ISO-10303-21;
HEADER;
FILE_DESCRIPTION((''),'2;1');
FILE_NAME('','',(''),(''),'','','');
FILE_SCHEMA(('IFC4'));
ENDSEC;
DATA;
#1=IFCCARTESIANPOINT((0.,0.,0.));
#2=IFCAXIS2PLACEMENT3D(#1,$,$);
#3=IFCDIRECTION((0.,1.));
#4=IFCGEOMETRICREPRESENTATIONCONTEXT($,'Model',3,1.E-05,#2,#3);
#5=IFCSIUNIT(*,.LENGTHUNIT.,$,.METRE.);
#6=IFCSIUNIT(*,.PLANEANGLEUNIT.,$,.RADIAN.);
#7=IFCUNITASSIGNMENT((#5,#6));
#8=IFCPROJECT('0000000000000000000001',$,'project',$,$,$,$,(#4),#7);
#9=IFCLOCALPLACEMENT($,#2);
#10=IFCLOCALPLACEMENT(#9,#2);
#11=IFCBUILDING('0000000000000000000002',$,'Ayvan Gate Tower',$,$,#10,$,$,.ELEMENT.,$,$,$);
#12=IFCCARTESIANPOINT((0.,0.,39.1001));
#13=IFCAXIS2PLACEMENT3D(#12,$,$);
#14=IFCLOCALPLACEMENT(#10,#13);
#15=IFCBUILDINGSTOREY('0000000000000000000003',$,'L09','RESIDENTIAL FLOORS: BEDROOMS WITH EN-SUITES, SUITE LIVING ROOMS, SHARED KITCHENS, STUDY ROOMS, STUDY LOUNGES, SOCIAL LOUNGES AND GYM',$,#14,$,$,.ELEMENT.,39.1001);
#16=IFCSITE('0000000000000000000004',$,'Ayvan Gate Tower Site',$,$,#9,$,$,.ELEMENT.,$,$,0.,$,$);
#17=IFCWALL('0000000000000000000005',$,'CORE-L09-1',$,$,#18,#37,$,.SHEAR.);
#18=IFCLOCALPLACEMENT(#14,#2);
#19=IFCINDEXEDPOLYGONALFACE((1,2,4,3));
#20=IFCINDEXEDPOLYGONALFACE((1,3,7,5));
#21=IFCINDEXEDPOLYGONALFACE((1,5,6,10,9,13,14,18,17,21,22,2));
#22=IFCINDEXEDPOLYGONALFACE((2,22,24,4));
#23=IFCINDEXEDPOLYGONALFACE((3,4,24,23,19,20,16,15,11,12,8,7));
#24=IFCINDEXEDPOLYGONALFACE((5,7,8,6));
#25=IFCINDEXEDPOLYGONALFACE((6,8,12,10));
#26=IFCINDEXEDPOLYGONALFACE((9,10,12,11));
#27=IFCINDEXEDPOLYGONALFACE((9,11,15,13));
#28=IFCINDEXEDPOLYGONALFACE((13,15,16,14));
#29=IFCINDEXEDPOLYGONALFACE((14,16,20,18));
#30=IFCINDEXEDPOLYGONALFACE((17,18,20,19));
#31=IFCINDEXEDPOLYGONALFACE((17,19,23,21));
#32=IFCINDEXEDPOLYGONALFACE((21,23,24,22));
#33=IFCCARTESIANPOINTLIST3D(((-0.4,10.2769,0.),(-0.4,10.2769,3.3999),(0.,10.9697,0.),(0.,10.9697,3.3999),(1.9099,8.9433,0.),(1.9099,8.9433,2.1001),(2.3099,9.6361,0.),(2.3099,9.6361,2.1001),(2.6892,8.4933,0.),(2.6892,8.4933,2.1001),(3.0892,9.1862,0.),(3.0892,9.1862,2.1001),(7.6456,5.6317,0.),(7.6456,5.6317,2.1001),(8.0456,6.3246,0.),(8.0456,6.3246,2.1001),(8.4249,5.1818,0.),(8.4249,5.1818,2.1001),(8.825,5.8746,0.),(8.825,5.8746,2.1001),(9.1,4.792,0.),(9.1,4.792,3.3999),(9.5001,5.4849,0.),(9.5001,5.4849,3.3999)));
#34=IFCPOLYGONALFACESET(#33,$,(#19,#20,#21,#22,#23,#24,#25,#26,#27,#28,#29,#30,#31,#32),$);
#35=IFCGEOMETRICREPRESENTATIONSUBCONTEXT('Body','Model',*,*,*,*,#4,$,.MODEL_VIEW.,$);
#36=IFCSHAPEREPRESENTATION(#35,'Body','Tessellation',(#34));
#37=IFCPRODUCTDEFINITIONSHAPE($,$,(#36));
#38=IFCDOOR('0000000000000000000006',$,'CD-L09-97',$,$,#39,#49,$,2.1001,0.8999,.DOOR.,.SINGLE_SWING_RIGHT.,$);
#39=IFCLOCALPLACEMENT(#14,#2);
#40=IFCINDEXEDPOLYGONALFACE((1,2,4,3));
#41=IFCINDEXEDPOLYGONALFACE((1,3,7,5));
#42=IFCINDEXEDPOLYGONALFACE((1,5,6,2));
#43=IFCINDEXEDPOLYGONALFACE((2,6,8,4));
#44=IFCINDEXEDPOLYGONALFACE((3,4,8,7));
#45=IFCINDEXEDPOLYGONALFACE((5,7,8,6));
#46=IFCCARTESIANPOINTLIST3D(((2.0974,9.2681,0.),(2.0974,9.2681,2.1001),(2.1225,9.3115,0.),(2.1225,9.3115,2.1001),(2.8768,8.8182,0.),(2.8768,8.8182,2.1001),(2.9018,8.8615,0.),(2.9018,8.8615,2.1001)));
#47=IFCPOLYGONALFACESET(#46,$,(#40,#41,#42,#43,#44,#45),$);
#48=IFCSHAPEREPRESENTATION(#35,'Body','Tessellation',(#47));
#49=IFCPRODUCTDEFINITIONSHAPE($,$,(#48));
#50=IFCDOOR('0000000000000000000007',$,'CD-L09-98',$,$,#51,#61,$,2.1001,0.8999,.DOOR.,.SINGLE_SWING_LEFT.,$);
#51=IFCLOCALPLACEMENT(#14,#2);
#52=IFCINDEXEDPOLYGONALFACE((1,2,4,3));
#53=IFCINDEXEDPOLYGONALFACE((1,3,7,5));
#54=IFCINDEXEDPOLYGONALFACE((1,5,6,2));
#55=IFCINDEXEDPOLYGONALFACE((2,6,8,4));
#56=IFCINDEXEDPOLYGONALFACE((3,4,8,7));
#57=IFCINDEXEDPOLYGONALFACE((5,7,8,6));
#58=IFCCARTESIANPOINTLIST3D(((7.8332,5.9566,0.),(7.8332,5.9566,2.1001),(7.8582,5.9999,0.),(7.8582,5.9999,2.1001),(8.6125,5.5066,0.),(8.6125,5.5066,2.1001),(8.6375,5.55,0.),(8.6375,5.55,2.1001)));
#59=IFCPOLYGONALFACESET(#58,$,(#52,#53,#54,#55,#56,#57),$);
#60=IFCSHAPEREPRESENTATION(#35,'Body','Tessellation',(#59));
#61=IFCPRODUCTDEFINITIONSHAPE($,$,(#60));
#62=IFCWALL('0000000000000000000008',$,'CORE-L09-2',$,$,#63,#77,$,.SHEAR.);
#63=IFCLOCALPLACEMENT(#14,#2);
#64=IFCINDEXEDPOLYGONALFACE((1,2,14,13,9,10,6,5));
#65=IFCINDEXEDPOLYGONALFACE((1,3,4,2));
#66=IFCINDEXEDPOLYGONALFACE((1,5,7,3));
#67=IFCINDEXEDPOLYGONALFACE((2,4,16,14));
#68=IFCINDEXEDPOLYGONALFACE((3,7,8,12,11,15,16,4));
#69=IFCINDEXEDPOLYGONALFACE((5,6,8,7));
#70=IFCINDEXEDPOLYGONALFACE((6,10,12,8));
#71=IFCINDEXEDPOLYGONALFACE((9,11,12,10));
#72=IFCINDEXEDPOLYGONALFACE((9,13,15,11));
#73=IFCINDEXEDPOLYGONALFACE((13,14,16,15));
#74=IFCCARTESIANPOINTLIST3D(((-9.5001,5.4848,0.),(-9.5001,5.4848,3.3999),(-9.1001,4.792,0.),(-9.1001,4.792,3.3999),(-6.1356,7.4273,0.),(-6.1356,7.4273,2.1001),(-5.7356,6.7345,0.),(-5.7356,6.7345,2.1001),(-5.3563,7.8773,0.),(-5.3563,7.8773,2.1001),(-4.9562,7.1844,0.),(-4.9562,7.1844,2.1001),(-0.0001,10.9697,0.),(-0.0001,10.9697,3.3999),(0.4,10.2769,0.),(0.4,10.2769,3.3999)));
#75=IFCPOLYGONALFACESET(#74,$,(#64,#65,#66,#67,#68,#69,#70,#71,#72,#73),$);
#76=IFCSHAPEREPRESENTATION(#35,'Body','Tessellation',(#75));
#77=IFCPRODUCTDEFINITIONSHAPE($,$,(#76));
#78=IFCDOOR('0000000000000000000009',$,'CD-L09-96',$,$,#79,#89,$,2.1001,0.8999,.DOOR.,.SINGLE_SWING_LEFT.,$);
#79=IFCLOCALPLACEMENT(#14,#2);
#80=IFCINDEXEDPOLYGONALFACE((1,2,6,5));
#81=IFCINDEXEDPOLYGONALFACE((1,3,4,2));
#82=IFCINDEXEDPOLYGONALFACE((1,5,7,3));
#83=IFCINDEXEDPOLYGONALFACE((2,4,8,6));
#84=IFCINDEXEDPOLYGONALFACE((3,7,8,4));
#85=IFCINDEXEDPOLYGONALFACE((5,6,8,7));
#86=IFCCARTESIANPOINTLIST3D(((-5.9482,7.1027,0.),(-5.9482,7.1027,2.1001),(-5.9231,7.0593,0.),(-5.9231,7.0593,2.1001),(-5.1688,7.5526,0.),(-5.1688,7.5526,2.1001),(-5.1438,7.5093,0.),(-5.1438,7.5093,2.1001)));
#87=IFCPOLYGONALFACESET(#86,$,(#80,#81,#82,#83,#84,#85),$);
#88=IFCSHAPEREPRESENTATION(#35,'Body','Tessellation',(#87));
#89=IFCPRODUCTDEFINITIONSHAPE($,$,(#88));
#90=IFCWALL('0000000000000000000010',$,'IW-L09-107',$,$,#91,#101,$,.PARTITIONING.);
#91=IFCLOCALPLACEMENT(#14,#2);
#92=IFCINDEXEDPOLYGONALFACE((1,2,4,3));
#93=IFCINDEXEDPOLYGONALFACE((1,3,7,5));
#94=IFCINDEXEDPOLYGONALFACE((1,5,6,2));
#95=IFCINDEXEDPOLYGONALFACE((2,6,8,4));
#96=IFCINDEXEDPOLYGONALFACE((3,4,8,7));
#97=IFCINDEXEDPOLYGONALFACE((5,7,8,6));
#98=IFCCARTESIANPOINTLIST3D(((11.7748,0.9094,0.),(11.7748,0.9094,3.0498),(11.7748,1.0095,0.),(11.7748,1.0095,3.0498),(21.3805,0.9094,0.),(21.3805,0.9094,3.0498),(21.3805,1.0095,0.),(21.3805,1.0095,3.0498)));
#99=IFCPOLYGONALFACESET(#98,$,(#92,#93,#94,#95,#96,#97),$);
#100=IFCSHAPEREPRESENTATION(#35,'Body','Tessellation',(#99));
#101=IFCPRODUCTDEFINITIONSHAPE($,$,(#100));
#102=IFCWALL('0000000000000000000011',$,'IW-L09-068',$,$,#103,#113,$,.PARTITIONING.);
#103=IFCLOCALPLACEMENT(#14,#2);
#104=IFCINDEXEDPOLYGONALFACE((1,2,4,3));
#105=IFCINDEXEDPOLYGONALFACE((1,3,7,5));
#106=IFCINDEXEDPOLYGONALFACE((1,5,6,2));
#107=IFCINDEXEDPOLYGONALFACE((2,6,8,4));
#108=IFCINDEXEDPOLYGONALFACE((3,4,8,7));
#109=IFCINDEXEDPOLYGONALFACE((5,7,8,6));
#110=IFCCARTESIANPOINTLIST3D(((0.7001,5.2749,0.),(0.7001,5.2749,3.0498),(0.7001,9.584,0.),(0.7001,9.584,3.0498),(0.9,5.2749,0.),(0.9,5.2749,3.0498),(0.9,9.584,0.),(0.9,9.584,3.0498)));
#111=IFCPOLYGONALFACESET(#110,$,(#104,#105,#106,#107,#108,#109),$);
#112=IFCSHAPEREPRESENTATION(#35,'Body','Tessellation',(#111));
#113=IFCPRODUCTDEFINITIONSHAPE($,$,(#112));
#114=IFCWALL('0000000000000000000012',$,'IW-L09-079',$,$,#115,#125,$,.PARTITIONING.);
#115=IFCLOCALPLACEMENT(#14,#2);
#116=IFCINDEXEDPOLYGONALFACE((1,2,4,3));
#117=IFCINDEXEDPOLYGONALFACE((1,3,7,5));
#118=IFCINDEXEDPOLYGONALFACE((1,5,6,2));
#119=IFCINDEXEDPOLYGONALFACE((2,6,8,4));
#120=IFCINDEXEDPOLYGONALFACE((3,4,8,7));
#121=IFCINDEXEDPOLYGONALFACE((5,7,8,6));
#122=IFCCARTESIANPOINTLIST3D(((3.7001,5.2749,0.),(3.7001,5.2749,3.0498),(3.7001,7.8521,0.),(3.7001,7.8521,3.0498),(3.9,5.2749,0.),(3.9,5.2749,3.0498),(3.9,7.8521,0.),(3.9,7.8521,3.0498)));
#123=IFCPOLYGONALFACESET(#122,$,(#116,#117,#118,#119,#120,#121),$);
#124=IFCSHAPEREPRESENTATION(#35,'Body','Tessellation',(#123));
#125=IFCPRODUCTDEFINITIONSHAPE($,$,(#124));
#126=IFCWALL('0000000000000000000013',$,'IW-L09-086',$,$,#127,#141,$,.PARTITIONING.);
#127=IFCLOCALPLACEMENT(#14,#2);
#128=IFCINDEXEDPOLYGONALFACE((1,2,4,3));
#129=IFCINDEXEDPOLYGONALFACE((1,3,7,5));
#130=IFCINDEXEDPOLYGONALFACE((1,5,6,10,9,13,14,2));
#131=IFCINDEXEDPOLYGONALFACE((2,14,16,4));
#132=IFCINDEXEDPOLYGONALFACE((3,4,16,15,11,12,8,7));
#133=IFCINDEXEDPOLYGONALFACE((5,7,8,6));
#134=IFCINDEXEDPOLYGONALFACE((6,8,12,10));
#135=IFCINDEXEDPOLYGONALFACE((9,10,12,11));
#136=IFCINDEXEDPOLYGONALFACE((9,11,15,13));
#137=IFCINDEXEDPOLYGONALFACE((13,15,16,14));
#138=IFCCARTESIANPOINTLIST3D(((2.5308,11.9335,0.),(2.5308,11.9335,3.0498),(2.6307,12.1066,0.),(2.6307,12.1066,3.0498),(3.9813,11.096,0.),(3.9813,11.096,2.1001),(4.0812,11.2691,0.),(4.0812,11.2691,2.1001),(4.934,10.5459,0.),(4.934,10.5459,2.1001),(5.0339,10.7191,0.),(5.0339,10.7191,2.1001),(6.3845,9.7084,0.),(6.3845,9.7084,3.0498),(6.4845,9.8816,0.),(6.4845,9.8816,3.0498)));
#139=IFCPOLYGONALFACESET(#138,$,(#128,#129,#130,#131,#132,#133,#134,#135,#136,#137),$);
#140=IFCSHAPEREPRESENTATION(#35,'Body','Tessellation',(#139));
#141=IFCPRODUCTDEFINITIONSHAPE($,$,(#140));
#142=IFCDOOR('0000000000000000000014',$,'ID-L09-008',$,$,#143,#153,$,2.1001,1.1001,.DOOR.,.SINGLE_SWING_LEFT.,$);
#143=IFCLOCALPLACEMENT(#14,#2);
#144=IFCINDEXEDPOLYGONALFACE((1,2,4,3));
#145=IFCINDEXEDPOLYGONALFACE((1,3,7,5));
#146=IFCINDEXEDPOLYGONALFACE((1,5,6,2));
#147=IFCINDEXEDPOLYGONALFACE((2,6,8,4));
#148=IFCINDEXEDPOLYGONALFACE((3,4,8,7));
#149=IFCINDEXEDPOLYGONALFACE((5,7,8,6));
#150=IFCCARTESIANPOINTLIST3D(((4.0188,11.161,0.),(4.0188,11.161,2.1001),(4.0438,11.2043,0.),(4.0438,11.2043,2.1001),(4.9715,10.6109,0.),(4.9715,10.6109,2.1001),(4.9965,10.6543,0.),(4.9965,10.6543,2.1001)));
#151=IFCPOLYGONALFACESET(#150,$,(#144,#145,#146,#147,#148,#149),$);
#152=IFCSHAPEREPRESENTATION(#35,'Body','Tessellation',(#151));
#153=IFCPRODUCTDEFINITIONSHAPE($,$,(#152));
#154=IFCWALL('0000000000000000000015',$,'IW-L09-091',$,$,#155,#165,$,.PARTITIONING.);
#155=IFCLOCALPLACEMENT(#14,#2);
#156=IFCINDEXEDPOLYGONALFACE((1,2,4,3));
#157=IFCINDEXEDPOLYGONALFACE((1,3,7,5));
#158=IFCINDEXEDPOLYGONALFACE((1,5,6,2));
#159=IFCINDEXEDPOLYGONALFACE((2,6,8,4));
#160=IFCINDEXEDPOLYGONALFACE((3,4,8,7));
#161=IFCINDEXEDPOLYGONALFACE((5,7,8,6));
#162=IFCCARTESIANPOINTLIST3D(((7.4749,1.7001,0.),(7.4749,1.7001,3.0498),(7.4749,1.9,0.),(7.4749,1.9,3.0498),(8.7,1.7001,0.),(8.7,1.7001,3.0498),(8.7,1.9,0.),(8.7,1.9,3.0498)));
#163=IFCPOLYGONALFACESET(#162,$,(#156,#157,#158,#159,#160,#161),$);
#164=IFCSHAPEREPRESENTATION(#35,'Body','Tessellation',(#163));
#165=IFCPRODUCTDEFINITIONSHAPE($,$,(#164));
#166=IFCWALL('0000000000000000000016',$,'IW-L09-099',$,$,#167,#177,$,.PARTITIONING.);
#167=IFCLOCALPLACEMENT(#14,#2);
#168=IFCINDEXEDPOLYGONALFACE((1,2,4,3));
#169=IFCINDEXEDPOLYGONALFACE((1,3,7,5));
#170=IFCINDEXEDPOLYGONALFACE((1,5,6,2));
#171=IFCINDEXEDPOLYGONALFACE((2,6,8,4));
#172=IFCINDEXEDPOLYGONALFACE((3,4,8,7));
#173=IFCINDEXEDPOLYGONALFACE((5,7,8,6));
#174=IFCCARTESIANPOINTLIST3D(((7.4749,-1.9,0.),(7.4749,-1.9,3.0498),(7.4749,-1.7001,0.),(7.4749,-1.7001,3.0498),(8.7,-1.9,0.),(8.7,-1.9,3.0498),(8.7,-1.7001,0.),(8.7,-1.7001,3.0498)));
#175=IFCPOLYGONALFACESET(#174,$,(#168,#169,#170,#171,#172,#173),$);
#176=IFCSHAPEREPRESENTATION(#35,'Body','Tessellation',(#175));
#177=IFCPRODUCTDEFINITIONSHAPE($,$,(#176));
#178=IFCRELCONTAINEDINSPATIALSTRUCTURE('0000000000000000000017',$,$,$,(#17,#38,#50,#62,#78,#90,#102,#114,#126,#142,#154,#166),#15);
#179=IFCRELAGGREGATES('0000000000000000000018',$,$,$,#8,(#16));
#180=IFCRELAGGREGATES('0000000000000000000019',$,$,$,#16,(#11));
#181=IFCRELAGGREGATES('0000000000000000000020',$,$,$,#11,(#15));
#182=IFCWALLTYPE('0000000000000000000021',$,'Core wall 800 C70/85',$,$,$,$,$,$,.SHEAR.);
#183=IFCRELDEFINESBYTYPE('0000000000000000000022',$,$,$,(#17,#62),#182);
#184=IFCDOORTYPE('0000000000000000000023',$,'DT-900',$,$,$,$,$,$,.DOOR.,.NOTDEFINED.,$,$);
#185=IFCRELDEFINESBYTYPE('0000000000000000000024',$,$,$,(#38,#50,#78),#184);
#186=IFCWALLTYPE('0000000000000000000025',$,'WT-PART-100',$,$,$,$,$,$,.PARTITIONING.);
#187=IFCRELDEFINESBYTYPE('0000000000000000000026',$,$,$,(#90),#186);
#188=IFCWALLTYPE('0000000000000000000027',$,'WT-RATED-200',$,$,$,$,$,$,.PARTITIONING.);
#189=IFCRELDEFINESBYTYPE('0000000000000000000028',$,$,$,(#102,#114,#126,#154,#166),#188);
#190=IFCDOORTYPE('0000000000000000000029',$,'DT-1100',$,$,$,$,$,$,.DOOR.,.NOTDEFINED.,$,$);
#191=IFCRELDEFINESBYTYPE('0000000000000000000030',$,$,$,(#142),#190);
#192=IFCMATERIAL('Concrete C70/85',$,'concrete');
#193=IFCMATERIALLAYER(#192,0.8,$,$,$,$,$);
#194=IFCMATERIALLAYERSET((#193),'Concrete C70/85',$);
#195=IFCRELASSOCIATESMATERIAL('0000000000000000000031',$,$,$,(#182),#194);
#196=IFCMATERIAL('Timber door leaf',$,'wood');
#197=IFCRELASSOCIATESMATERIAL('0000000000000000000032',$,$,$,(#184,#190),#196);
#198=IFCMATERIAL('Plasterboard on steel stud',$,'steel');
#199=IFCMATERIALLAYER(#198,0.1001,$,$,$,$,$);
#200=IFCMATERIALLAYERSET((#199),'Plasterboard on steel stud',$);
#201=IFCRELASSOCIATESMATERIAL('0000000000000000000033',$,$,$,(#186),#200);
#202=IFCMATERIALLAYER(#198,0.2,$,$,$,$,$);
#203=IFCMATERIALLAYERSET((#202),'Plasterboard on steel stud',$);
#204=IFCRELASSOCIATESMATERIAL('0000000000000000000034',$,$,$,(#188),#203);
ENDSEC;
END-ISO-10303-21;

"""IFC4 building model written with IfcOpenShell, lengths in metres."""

from ifc_helpers import new_model, si_unit, direction, frame, frame_2d, origin, place, context, subcontext, project, spatial, rectangle, extrude, material, layer, layer_set, type_object, element, fill, save


model = new_model("IFC4")

# Units and contexts
model_context = context("Model", 3, precision=1e-05, world=origin(), true_north=direction((0.0, 1.0)))
body_context = subcontext(model_context, "Body", "Model", "MODEL_VIEW")
ifc_project = project(units=[si_unit("LENGTHUNIT", "METRE"), si_unit("PLANEANGLEUNIT", "RADIAN")], contexts=[model_context])

# Site, building, storey
site_placement = place(None, origin())
site = spatial("IfcSite", under=ifc_project, at=site_placement, Name="Ayvan Gate Tower Site", CompositionType="ELEMENT", RefElevation=0.0)
building_placement = place(site_placement, origin())
building = spatial("IfcBuilding", under=site, at=building_placement, Name="Ayvan Gate Tower", CompositionType="ELEMENT")
storey_placement = place(building_placement, frame((0.0, 0.0, 39.1001)))
storey = spatial("IfcBuildingStorey", under=building, at=storey_placement, Name="L09", Description="RESIDENTIAL FLOORS: BEDROOMS WITH EN-SUITES, SUITE LIVING ROOMS, SHARED KITCHENS, STUDY ROOMS, STUDY LOUNGES, SOCIAL LOUNGES AND GYM", CompositionType="ELEMENT", Elevation=39.1001)

# Wall, openings, doors
ifc_material_1 = material(Name="Concrete C70/85", Category="concrete")
ifc_layer_1 = layer(ifc_material_1, 0.8)
ifc_layer_set_1 = layer_set([ifc_layer_1], Name="Concrete C70/85")
wall_type_1 = type_object("IfcWallType", Name="Core wall 800 C70/85", PredefinedType="SHEAR", material=ifc_layer_set_1)
wall_1_placement = place(storey_placement, frame((9.3, 5.1384, 0.0), z_axis=(0.0, 0.0, 1.0), x_axis=(-0.866024, 0.500002, 0.0)))
wall_1 = element("IfcWall", 1, at=wall_1_placement, inside=storey, type_object=wall_type_1, Name="CORE-L09-1", PredefinedType="SHEAR", context=body_context, shape_type="SweptSolid", body=[
    extrude(rectangle(XDim=10.9697, YDim=0.8, at=frame_2d((5.4849, 0.0))), origin(), (0.0, 0.0, 1.0), 3.3999),
])
opening_1_placement = place(wall_1_placement, frame((7.4026, 0.0, 0.0)))
opening_1 = element("IfcOpeningElement", 2, at=opening_1_placement, cuts=wall_1, PredefinedType="OPENING", context=body_context, shape_type="SweptSolid", body=[
    extrude(rectangle(XDim=0.8999, YDim=2.1001, at=frame_2d((0.45, 1.05))), frame((0.0, 0.4099, 0.0), z_axis=(0.0, -1.0, 0.0), x_axis=(1.0, 0.0, 0.0)), (0.0, 0.0, 1.0), 0.8201),
])
opening_2_placement = place(wall_1_placement, frame((0.7795, 0.0, 0.0)))
opening_2 = element("IfcOpeningElement", 3, at=opening_2_placement, cuts=wall_1, PredefinedType="OPENING", context=body_context, shape_type="SweptSolid", body=[
    extrude(rectangle(XDim=0.8999, YDim=2.1001, at=frame_2d((0.45, 1.05))), frame((0.0, 0.4099, 0.0), z_axis=(0.0, -1.0, 0.0), x_axis=(1.0, 0.0, 0.0)), (0.0, 0.0, 1.0), 0.8201),
])
ifc_material_2 = material(Name="Timber door leaf", Category="wood")
door_type_1 = type_object("IfcDoorType", Name="DT-900", OperationType="NOTDEFINED", PredefinedType="DOOR", material=ifc_material_2)
door_1_placement = place(opening_1_placement, origin())
door_1 = element("IfcDoor", 4, at=door_1_placement, inside=storey, type_object=door_type_1, Name="CD-L09-97", OperationType="SINGLE_SWING_RIGHT", OverallHeight=2.1001, OverallWidth=0.8999, PredefinedType="DOOR", context=body_context, shape_type="SweptSolid", body=[
    extrude(rectangle(XDim=0.8999, YDim=2.1001, at=frame_2d((0.45, 1.05))), frame((0.0, 0.0249, 0.0), z_axis=(0.0, -1.0, 0.0), x_axis=(1.0, 0.0, 0.0)), (0.0, 0.0, 1.0), 0.05),
])
fill(opening_1, door_1)
door_2_placement = place(opening_2_placement, origin())
door_2 = element("IfcDoor", 5, at=door_2_placement, inside=storey, type_object=door_type_1, Name="CD-L09-98", OperationType="SINGLE_SWING_LEFT", OverallHeight=2.1001, OverallWidth=0.8999, PredefinedType="DOOR", context=body_context, shape_type="SweptSolid", body=[
    extrude(rectangle(XDim=0.8999, YDim=2.1001, at=frame_2d((0.45, 1.05))), frame((0.0, 0.0249, 0.0), z_axis=(0.0, -1.0, 0.0), x_axis=(1.0, 0.0, 0.0)), (0.0, 0.0, 1.0), 0.05),
])
fill(opening_2, door_2)

# Wall, opening, door
wall_2_placement = place(storey_placement, frame((0.2, 10.6233, 0.0), z_axis=(0.0, 0.0, 1.0), x_axis=(-0.866024, -0.500002, 0.0)))
wall_2 = element("IfcWall", 6, at=wall_2_placement, inside=storey, type_object=wall_type_1, Name="CORE-L09-2", PredefinedType="SHEAR", context=body_context, shape_type="SweptSolid", body=[
    extrude(rectangle(XDim=10.9697, YDim=0.8, at=frame_2d((5.4849, 0.0))), origin(), (0.0, 0.0, 1.0), 3.3999),
])
opening_3_placement = place(wall_2_placement, frame((6.1848, 0.0, 0.0)))
opening_3 = element("IfcOpeningElement", 7, at=opening_3_placement, cuts=wall_2, PredefinedType="OPENING", context=body_context, shape_type="SweptSolid", body=[
    extrude(rectangle(XDim=0.8999, YDim=2.1001, at=frame_2d((0.45, 1.05))), frame((0.0, 0.4099, 0.0), z_axis=(0.0, -1.0, 0.0), x_axis=(1.0, 0.0, 0.0)), (0.0, 0.0, 1.0), 0.8201),
])
door_3_placement = place(opening_3_placement, origin())
door_3 = element("IfcDoor", 8, at=door_3_placement, inside=storey, type_object=door_type_1, Name="CD-L09-96", OperationType="SINGLE_SWING_LEFT", OverallHeight=2.1001, OverallWidth=0.8999, PredefinedType="DOOR", context=body_context, shape_type="SweptSolid", body=[
    extrude(rectangle(XDim=0.8999, YDim=2.1001, at=frame_2d((0.45, 1.05))), frame((0.0, 0.0249, 0.0), z_axis=(0.0, -1.0, 0.0), x_axis=(1.0, 0.0, 0.0)), (0.0, 0.0, 1.0), 0.05),
])
fill(opening_3, door_3)

# Walls
ifc_material_3 = material(Name="Plasterboard on steel stud", Category="steel")
ifc_layer_2 = layer(ifc_material_3, 0.1001)
ifc_layer_set_2 = layer_set([ifc_layer_2], Name="Plasterboard on steel stud")
wall_type_2 = type_object("IfcWallType", Name="WT-PART-100", PredefinedType="PARTITIONING", material=ifc_layer_set_2)
wall_3_placement = place(storey_placement, frame((11.7749, 0.9595, 0.0), z_axis=(0.0, 0.0, 1.0), x_axis=(1.0, 0.0, 0.0)))
element("IfcWall", 9, at=wall_3_placement, inside=storey, type_object=wall_type_2, Name="IW-L09-107", PredefinedType="PARTITIONING", context=body_context, shape_type="SweptSolid", body=[
    extrude(rectangle(XDim=9.6057, YDim=0.1001, at=frame_2d((4.8027, 0.0))), origin(), (0.0, 0.0, 1.0), 3.0498),
])
ifc_layer_3 = layer(ifc_material_3, 0.2)
ifc_layer_set_3 = layer_set([ifc_layer_3], Name="Plasterboard on steel stud")
wall_type_3 = type_object("IfcWallType", Name="WT-RATED-200", PredefinedType="PARTITIONING", material=ifc_layer_set_3)
wall_4_placement = place(storey_placement, frame((0.8, 9.584, 0.0), z_axis=(0.0, 0.0, 1.0), x_axis=(0.0, -1.0, 0.0)))
element("IfcWall", 10, at=wall_4_placement, inside=storey, type_object=wall_type_3, Name="IW-L09-068", PredefinedType="PARTITIONING", context=body_context, shape_type="SweptSolid", body=[
    extrude(rectangle(XDim=4.3091, YDim=0.2, at=frame_2d((2.1545, 0.0))), origin(), (0.0, 0.0, 1.0), 3.0498),
])
wall_5_placement = place(storey_placement, frame((3.8, 7.8521, 0.0), z_axis=(0.0, 0.0, 1.0), x_axis=(0.0, -1.0, 0.0)))
element("IfcWall", 11, at=wall_5_placement, inside=storey, type_object=wall_type_3, Name="IW-L09-079", PredefinedType="PARTITIONING", context=body_context, shape_type="SweptSolid", body=[
    extrude(rectangle(XDim=2.5771, YDim=0.2, at=frame_2d((1.2886, 0.0))), origin(), (0.0, 0.0, 1.0), 3.0498),
])

# Wall, opening, door
wall_6_placement = place(storey_placement, frame((6.4346, 9.7949, 0.0), z_axis=(0.0, 0.0, 1.0), x_axis=(-0.866013, 0.500022, 0.0)))
wall_6 = element("IfcWall", 12, at=wall_6_placement, inside=storey, type_object=wall_type_3, Name="IW-L09-086", PredefinedType="PARTITIONING", context=body_context, shape_type="SweptSolid", body=[
    extrude(rectangle(XDim=4.45, YDim=0.2, at=frame_2d((2.2251, 0.0))), origin(), (0.0, 0.0, 1.0), 3.0498),
])
opening_4_placement = place(wall_6_placement, frame((1.675, 0.0, 0.0)))
opening_4 = element("IfcOpeningElement", 13, at=opening_4_placement, cuts=wall_6, PredefinedType="OPENING", context=body_context, shape_type="SweptSolid", body=[
    extrude(rectangle(XDim=1.1001, YDim=2.1001, at=frame_2d((0.55, 1.05))), frame((0.0, 0.1099, 0.0), z_axis=(0.0, -1.0, 0.0), x_axis=(1.0, 0.0, 0.0)), (0.0, 0.0, 1.0), 0.22),
])
door_type_2 = type_object("IfcDoorType", Name="DT-1100", OperationType="NOTDEFINED", PredefinedType="DOOR", material=ifc_material_2)
door_4_placement = place(opening_4_placement, origin())
door_4 = element("IfcDoor", 14, at=door_4_placement, inside=storey, type_object=door_type_2, Name="ID-L09-008", OperationType="SINGLE_SWING_LEFT", OverallHeight=2.1001, OverallWidth=1.1001, PredefinedType="DOOR", context=body_context, shape_type="SweptSolid", body=[
    extrude(rectangle(XDim=1.1001, YDim=2.1001, at=frame_2d((0.55, 1.05))), frame((0.0, 0.0249, 0.0), z_axis=(0.0, -1.0, 0.0), x_axis=(1.0, 0.0, 0.0)), (0.0, 0.0, 1.0), 0.05),
])
fill(opening_4, door_4)

# Walls
for number, where, z_axis, x_axis, name in (
    (15, (7.4749, 1.8, 0.0), (0.0, 0.0, 1.0), (1.0, 0.0, 0.0), "IW-L09-091"),
    (16, (8.7, -1.8, 0.0), (0.0, 0.0, 1.0), (-1.0, 0.0, 0.0), "IW-L09-099"),
):
    element("IfcWall", number, at=place(storey_placement, frame(where, z_axis=z_axis, x_axis=x_axis)), inside=storey, type_object=wall_type_3, Name=name, PredefinedType="PARTITIONING", context=body_context, shape_type="SweptSolid", body=[
        extrude(rectangle(XDim=1.2251, YDim=0.2, at=frame_2d((0.6125, 0.0))), origin(), (0.0, 0.0, 1.0), 3.0498),
    ])

save(model, "model.ifc")
